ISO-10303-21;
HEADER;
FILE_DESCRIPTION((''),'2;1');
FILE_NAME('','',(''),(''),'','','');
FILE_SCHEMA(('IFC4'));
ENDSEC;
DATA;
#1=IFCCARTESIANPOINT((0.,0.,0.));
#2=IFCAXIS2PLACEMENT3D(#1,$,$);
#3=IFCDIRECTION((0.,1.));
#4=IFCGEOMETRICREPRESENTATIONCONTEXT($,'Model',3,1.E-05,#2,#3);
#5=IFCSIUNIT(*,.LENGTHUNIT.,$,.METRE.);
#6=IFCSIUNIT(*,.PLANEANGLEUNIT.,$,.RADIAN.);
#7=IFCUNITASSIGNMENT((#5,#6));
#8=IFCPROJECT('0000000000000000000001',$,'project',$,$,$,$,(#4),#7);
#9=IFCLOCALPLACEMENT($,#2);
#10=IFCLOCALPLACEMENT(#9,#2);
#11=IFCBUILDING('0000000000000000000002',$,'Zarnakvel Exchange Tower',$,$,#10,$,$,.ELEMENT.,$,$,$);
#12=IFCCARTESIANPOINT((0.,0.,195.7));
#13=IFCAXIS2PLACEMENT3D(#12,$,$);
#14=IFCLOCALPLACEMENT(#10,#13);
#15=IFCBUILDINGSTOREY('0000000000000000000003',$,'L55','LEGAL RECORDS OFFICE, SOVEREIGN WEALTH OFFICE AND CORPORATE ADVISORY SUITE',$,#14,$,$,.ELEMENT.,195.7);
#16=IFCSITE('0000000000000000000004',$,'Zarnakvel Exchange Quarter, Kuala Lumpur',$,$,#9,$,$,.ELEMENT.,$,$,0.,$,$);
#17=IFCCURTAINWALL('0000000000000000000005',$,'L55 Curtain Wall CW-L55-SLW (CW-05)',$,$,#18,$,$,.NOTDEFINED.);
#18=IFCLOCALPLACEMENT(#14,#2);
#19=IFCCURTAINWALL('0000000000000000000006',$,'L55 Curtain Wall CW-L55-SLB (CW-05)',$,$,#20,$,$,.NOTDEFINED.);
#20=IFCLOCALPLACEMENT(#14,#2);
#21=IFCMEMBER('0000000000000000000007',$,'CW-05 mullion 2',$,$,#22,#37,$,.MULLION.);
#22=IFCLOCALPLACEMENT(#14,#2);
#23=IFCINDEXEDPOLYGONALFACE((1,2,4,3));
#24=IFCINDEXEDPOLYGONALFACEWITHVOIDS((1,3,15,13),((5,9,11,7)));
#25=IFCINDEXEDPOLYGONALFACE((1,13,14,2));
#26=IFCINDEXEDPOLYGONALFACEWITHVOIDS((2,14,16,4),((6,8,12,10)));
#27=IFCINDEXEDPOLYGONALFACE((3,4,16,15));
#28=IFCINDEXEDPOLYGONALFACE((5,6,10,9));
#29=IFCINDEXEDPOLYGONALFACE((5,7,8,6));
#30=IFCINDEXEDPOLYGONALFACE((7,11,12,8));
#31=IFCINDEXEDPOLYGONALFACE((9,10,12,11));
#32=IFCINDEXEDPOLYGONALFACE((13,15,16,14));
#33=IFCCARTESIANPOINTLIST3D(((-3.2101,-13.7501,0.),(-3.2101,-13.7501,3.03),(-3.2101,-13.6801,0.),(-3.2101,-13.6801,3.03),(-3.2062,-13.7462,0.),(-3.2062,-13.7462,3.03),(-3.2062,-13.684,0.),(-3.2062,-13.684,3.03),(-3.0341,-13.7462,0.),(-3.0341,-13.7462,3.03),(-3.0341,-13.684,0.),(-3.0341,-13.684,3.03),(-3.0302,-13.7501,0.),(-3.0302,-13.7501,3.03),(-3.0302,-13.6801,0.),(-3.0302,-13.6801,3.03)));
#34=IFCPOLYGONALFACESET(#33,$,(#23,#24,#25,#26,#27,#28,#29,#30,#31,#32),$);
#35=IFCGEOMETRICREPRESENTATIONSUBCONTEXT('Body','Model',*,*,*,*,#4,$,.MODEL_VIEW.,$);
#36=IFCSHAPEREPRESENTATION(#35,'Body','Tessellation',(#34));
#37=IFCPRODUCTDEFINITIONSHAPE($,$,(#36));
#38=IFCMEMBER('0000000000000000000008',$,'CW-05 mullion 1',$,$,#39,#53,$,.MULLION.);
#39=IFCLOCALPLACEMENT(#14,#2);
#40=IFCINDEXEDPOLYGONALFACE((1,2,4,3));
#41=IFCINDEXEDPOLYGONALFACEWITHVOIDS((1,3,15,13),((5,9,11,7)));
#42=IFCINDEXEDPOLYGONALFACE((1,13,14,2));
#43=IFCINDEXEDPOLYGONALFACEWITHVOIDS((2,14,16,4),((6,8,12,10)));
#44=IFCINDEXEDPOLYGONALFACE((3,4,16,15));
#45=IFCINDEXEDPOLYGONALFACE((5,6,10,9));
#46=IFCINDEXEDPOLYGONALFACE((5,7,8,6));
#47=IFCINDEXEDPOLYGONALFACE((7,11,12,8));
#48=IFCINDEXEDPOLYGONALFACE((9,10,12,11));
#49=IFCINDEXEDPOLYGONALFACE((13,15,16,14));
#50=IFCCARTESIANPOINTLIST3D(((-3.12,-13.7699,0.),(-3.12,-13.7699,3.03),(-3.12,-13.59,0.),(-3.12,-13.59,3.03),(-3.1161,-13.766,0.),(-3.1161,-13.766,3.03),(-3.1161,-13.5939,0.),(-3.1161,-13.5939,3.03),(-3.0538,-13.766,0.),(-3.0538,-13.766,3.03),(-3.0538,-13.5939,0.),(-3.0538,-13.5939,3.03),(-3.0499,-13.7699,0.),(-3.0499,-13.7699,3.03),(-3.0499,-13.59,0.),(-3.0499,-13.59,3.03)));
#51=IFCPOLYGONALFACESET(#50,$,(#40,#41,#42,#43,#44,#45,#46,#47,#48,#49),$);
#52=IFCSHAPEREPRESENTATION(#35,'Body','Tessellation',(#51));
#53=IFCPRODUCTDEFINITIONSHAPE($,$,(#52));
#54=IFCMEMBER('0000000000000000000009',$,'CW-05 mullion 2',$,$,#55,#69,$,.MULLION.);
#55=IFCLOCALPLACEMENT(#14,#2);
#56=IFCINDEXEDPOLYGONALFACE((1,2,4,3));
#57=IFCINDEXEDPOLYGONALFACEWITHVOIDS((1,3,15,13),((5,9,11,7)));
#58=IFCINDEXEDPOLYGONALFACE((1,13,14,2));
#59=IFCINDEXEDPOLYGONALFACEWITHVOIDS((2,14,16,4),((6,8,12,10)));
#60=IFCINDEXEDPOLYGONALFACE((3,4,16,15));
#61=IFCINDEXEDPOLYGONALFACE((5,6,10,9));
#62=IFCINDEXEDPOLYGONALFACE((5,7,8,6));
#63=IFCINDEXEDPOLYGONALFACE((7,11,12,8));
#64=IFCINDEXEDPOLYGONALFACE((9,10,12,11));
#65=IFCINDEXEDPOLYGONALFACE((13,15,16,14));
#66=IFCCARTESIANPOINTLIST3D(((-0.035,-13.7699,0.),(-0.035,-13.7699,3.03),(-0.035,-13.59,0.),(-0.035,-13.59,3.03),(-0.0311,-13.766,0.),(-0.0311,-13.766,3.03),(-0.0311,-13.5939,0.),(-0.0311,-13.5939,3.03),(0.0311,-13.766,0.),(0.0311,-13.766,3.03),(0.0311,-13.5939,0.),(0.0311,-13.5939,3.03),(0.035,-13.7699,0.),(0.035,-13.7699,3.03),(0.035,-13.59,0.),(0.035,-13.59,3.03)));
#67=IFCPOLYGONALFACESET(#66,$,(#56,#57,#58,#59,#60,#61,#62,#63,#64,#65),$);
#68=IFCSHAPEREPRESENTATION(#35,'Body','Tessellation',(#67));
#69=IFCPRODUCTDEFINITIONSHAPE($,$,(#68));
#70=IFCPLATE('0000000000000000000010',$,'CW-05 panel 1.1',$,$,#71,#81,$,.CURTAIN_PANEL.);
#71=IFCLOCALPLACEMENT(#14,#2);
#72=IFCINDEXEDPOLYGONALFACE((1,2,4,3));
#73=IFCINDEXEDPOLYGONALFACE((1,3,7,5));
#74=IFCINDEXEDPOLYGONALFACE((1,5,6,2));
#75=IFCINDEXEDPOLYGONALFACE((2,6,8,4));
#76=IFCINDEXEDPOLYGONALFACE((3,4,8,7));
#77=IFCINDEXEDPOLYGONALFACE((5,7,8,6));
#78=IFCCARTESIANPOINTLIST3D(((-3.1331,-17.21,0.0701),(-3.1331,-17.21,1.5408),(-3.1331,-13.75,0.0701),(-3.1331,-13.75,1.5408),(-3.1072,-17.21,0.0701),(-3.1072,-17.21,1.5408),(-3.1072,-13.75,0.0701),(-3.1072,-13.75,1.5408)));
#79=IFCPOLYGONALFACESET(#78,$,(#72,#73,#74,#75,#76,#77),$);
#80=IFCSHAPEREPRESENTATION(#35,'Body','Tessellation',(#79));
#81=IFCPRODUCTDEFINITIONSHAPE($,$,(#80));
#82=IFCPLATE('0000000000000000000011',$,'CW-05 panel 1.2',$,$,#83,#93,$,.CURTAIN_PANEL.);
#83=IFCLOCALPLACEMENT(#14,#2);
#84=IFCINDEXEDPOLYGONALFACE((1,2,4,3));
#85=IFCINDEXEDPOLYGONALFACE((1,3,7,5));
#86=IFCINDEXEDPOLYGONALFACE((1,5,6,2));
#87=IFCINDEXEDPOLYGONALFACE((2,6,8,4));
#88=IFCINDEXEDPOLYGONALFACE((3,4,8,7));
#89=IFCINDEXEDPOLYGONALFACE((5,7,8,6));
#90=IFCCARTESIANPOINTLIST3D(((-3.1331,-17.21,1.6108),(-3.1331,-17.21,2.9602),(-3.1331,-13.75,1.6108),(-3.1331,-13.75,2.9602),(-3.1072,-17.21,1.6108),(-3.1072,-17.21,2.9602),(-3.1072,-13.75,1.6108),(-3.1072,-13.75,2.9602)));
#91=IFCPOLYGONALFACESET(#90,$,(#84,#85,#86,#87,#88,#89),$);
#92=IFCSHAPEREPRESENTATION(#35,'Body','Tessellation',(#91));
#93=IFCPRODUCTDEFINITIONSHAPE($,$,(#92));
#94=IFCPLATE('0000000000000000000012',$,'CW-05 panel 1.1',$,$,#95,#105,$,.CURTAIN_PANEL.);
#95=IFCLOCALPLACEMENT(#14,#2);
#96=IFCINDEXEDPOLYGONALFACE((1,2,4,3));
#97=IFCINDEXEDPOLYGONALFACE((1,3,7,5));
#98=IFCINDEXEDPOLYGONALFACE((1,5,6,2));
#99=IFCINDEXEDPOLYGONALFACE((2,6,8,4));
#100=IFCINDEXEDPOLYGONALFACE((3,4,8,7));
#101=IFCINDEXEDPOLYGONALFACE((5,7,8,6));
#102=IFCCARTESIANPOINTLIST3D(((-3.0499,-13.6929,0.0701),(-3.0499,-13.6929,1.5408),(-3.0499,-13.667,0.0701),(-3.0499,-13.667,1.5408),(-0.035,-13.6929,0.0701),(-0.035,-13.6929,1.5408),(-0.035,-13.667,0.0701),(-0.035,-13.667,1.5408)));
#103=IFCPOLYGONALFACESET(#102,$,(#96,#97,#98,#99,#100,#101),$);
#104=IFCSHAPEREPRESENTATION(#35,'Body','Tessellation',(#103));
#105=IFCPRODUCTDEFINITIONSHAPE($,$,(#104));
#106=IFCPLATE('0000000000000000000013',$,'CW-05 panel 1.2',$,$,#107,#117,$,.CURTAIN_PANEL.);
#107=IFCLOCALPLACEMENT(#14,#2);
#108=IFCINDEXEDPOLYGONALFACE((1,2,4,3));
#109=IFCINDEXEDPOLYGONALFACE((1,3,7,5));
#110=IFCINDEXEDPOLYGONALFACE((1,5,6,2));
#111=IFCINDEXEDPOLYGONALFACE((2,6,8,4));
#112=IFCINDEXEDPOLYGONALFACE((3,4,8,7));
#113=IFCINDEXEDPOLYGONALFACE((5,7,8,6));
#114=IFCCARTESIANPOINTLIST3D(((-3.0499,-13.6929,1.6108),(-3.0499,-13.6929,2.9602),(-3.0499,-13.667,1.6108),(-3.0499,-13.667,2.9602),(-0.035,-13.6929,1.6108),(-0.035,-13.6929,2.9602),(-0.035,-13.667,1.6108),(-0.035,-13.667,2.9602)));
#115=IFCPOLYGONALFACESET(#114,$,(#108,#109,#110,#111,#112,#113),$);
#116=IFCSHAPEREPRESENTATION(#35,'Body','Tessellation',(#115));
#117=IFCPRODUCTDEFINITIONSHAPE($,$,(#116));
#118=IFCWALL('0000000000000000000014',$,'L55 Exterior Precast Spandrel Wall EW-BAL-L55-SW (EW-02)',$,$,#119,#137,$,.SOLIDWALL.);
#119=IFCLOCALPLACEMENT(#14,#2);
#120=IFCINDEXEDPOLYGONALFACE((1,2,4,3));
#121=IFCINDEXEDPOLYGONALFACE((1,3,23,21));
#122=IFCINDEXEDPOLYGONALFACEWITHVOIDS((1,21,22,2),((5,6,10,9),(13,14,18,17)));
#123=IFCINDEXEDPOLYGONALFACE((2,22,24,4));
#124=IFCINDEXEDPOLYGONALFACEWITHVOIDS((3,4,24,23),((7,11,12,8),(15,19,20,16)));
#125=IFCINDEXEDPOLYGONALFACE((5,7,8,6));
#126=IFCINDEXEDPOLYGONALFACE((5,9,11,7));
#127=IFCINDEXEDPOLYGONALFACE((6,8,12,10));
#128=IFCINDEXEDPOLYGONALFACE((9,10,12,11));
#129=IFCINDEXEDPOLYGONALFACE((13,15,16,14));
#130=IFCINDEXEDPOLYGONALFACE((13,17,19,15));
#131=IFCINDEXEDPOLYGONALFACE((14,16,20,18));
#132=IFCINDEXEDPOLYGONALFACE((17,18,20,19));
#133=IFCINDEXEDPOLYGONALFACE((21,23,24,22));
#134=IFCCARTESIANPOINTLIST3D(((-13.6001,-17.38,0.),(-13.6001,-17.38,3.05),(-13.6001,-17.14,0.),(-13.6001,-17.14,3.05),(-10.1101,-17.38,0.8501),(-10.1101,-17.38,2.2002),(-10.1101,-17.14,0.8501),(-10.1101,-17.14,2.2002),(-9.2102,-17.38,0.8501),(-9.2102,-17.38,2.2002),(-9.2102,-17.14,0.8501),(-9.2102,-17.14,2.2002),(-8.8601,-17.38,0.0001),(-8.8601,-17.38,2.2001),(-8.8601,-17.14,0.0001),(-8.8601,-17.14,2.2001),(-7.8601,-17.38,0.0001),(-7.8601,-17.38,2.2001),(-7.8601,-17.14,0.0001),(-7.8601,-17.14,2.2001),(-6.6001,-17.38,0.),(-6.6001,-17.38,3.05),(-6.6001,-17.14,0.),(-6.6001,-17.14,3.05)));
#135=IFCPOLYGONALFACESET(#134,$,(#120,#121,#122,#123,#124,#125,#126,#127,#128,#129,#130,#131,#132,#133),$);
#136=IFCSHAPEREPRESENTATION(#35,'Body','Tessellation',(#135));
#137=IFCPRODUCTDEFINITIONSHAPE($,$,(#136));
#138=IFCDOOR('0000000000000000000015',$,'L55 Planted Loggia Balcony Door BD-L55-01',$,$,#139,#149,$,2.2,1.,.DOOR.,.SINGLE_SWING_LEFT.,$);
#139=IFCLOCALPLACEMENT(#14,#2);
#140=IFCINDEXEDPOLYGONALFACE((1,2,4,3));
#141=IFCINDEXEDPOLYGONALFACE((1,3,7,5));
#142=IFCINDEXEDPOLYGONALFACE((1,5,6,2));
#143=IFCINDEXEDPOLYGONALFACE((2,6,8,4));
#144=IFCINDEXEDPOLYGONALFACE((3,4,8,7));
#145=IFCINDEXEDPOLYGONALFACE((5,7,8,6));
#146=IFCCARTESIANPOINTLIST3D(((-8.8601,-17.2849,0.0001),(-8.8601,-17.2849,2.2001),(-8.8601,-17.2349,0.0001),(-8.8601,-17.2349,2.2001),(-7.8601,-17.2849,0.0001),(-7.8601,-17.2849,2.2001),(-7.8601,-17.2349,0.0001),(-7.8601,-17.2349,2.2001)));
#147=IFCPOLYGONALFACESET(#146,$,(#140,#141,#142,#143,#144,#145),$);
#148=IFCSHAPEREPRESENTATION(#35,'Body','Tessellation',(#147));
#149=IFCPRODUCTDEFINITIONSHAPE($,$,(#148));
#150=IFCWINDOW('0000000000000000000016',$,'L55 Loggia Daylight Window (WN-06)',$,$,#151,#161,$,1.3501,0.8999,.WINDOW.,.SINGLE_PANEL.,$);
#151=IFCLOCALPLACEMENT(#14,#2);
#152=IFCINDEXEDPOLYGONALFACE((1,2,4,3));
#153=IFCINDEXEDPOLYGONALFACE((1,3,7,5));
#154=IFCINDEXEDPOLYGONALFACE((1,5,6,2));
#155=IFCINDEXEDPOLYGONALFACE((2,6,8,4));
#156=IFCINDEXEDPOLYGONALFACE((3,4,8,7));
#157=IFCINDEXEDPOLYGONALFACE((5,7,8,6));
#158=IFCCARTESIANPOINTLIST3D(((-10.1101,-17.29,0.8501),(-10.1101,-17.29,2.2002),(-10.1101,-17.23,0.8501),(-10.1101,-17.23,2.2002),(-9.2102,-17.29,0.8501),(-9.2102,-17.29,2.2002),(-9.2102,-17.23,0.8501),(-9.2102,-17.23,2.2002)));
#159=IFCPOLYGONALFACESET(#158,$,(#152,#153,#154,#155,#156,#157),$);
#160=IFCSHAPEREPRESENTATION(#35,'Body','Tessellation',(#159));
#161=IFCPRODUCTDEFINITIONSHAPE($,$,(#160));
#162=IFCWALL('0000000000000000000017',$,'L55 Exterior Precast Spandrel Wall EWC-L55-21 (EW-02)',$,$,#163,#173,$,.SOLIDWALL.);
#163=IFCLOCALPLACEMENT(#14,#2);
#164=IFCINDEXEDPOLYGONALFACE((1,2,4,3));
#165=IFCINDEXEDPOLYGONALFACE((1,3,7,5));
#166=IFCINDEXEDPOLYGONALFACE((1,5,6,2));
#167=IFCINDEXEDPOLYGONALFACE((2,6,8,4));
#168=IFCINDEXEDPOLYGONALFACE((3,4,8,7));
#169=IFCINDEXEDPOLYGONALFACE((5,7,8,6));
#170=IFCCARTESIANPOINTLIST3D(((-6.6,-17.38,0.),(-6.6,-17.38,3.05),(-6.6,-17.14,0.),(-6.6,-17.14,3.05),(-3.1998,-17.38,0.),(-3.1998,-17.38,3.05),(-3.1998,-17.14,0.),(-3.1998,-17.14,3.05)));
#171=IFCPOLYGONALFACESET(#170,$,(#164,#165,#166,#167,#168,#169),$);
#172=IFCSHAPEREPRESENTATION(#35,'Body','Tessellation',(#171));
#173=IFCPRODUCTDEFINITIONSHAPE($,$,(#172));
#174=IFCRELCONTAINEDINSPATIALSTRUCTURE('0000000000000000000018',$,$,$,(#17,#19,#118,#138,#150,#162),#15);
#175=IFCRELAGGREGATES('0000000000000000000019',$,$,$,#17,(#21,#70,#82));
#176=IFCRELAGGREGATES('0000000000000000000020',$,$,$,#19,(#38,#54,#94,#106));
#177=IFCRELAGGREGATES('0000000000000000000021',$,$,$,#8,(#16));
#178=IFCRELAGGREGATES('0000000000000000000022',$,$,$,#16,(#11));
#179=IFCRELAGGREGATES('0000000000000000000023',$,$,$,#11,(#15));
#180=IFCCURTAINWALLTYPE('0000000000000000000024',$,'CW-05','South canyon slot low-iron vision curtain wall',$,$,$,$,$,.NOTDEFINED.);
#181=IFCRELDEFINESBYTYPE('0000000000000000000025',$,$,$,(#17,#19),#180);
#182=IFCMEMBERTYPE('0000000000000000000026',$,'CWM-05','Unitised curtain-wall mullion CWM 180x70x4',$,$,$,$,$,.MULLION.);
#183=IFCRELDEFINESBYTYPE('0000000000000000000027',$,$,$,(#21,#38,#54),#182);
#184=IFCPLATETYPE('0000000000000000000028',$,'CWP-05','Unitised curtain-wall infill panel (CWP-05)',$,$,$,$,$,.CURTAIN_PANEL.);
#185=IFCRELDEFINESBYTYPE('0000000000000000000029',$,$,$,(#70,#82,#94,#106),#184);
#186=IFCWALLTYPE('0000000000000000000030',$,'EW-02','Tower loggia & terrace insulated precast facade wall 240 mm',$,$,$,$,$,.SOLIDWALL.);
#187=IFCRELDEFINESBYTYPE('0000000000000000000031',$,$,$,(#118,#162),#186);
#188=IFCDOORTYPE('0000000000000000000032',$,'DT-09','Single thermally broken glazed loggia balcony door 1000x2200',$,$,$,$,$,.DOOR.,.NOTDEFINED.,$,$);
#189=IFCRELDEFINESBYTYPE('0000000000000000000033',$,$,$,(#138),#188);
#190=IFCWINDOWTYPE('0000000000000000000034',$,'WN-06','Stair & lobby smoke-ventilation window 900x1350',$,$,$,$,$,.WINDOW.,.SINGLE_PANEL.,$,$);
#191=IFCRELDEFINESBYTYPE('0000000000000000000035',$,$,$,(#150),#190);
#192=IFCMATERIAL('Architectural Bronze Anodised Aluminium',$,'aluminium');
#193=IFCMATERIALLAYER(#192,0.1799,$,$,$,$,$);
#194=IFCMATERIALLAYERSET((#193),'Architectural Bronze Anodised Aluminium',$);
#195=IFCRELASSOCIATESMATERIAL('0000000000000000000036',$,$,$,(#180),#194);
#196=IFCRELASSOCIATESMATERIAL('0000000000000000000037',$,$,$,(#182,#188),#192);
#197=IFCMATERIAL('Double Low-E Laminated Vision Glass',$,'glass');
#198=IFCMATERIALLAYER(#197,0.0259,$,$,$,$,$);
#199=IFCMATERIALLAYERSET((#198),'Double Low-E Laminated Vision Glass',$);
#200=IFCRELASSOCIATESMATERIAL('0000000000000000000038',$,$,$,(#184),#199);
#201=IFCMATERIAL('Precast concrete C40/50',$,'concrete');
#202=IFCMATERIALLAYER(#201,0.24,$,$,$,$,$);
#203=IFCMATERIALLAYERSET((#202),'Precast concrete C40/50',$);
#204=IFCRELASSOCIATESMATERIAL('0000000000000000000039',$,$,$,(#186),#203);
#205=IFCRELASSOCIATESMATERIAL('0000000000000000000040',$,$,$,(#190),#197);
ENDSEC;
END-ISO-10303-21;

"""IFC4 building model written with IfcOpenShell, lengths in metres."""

from ifc_helpers import new_model, si_unit, direction, frame, frame_2d, origin, origin_2d, place, context, subcontext, project, spatial, rectangle, hollow_rectangle, extrude, source, transform, mapped, material, layer, layer_set, material_profile, profile_set, type_object, element, fill, aggregate, save


model = new_model("IFC4")

# Units and contexts
model_context = context("Model", 3, precision=1e-05, world=origin(), true_north=direction((0.0, 1.0)))
body_context = subcontext(model_context, "Body", "Model", "MODEL_VIEW")
ifc_project = project(units=[si_unit("LENGTHUNIT", "METRE"), si_unit("PLANEANGLEUNIT", "RADIAN")], contexts=[model_context])

# Site, building, storey
site_placement = place(None, origin())
site = spatial("IfcSite", under=ifc_project, at=site_placement, Name="Zarnakvel Exchange Quarter, Kuala Lumpur", CompositionType="ELEMENT", RefElevation=0.0)
building_placement = place(site_placement, origin())
building = spatial("IfcBuilding", under=site, at=building_placement, Name="Zarnakvel Exchange Tower", CompositionType="ELEMENT")
storey_placement = place(building_placement, frame((0.0, 0.0, 195.7)))
storey = spatial("IfcBuildingStorey", under=building, at=storey_placement, Name="L55", Description="LEGAL RECORDS OFFICE, SOVEREIGN WEALTH OFFICE AND CORPORATE ADVISORY SUITE", CompositionType="ELEMENT", Elevation=195.7)

# Curtain walls
ifc_material_1 = material(Name="Architectural Bronze Anodised Aluminium", Category="aluminium")
ifc_layer_1 = layer(ifc_material_1, 0.1799)
ifc_layer_set_1 = layer_set([ifc_layer_1], Name="Architectural Bronze Anodised Aluminium")
curtain_wall_type = type_object("IfcCurtainWallType", Name="CW-05", Description="South canyon slot low-iron vision curtain wall", PredefinedType="NOTDEFINED", material=ifc_layer_set_1)
curtain_wall_1_placement = place(storey_placement, origin())
curtain_wall_1 = element("IfcCurtainWall", 1, at=curtain_wall_1_placement, inside=storey, type_object=curtain_wall_type, Name="L55 Curtain Wall CW-L55-SLW (CW-05)", PredefinedType="NOTDEFINED")
curtain_wall_2_placement = place(storey_placement, origin())
curtain_wall_2 = element("IfcCurtainWall", 2, at=curtain_wall_2_placement, inside=storey, type_object=curtain_wall_type, Name="L55 Curtain Wall CW-L55-SLB (CW-05)", PredefinedType="NOTDEFINED")

# Members
ifc_material_profile_1 = material_profile(ifc_material_1, hollow_rectangle(XDim=0.1799, YDim=0.0701, WallThickness=0.0039, at=origin_2d()))
ifc_profile_set_1 = profile_set([ifc_material_profile_1], Name="Architectural Bronze Anodised Aluminium")
member_type_1 = type_object("IfcMemberType", Name="CWM-05", Description="Unitised curtain-wall mullion CWM 180x70x4", PredefinedType="MULLION", material=ifc_profile_set_1)
shared_shape_1 = source(origin(), body_context, "Body", "SweptSolid", [
    extrude(hollow_rectangle(XDim=0.1799, YDim=0.0701, WallThickness=0.0039, at=origin_2d()), origin(), (0.0, 0.0, 1.0), 3.03),
])
member_1_placement = place(storey_placement, frame((-3.1201, -13.7151, 0.0), z_axis=(0.0, 0.0, 1.0), x_axis=(-1.0, 0.0, 0.0)))
member_1 = element("IfcMember", 3, at=member_1_placement, type_object=member_type_1, Name="CW-05 mullion 2", PredefinedType="MULLION", context=body_context, shape_type="MappedRepresentation", body=[
    mapped(shared_shape_1, transform((0.0, 0.0, 0.0), x_axis=(1.0, 0.0, 0.0), y_axis=(0.0, 1.0, 0.0), z_axis=(0.0, 0.0, 1.0), scale=1.0)),
])
member_2_placement = place(storey_placement, frame((-3.085, -13.6799, 0.0), z_axis=(0.0, 0.0, 1.0), x_axis=(0.0, 1.0, 0.0)))
member_2 = element("IfcMember", 4, at=member_2_placement, type_object=member_type_1, Name="CW-05 mullion 1", PredefinedType="MULLION", context=body_context, shape_type="MappedRepresentation", body=[
    mapped(shared_shape_1, transform((0.0, 0.0, 0.0), x_axis=(1.0, 0.0, 0.0), y_axis=(0.0, 1.0, 0.0), z_axis=(0.0, 0.0, 1.0), scale=1.0)),
])
member_3_placement = place(storey_placement, frame((0.0, -13.6799, 0.0), z_axis=(0.0, 0.0, 1.0), x_axis=(0.0, 1.0, 0.0)))
member_3 = element("IfcMember", 5, at=member_3_placement, type_object=member_type_1, Name="CW-05 mullion 2", PredefinedType="MULLION", context=body_context, shape_type="MappedRepresentation", body=[
    mapped(shared_shape_1, transform((0.0, 0.0, 0.0), x_axis=(1.0, 0.0, 0.0), y_axis=(0.0, 1.0, 0.0), z_axis=(0.0, 0.0, 1.0), scale=1.0)),
])

# Plates
ifc_material_2 = material(Name="Double Low-E Laminated Vision Glass", Category="glass")
ifc_layer_2 = layer(ifc_material_2, 0.0259)
ifc_layer_set_2 = layer_set([ifc_layer_2], Name="Double Low-E Laminated Vision Glass")
plate_type = type_object("IfcPlateType", Name="CWP-05", Description="Unitised curtain-wall infill panel (CWP-05)", PredefinedType="CURTAIN_PANEL", material=ifc_layer_set_2)
shared_shape_2 = source(origin(), body_context, "Body", "SweptSolid", [
    extrude(rectangle(XDim=3.46, YDim=0.0259, at=origin_2d()), origin(), (0.0, 0.0, 1.0), 1.4707),
])
plate_1_placement = place(storey_placement, frame((-3.1201, -15.48, 0.0701), z_axis=(0.0, 0.0, 1.0), x_axis=(0.0, 1.0, 0.0)))
plate_1 = element("IfcPlate", 6, at=plate_1_placement, type_object=plate_type, Name="CW-05 panel 1.1", PredefinedType="CURTAIN_PANEL", context=body_context, shape_type="MappedRepresentation", body=[
    mapped(shared_shape_2, transform((0.0, 0.0, 0.0), x_axis=(1.0, 0.0, 0.0), y_axis=(0.0, 1.0, 0.0), z_axis=(0.0, 0.0, 1.0), scale=1.0)),
])
shared_shape_3 = source(origin(), body_context, "Body", "SweptSolid", [
    extrude(rectangle(XDim=3.46, YDim=0.0259, at=origin_2d()), origin(), (0.0, 0.0, 1.0), 1.3494),
])
plate_2_placement = place(storey_placement, frame((-3.1201, -15.48, 1.6108), z_axis=(0.0, 0.0, 1.0), x_axis=(0.0, 1.0, 0.0)))
plate_2 = element("IfcPlate", 7, at=plate_2_placement, type_object=plate_type, Name="CW-05 panel 1.2", PredefinedType="CURTAIN_PANEL", context=body_context, shape_type="MappedRepresentation", body=[
    mapped(shared_shape_3, transform((0.0, 0.0, 0.0), x_axis=(1.0, 0.0, 0.0), y_axis=(0.0, 1.0, 0.0), z_axis=(0.0, 0.0, 1.0), scale=1.0)),
])
aggregate(curtain_wall_1, [member_1, plate_1, plate_2])
shared_shape_4 = source(origin(), body_context, "Body", "SweptSolid", [
    extrude(rectangle(XDim=3.0149, YDim=0.0259, at=origin_2d()), origin(), (0.0, 0.0, 1.0), 1.4707),
])
plate_3_placement = place(storey_placement, frame((-1.5425, -13.6799, 0.0701), z_axis=(0.0, 0.0, 1.0), x_axis=(1.0, 0.0, 0.0)))
plate_3 = element("IfcPlate", 8, at=plate_3_placement, type_object=plate_type, Name="CW-05 panel 1.1", PredefinedType="CURTAIN_PANEL", context=body_context, shape_type="MappedRepresentation", body=[
    mapped(shared_shape_4, transform((0.0, 0.0, 0.0), x_axis=(1.0, 0.0, 0.0), y_axis=(0.0, 1.0, 0.0), z_axis=(0.0, 0.0, 1.0), scale=1.0)),
])
shared_shape_5 = source(origin(), body_context, "Body", "SweptSolid", [
    extrude(rectangle(XDim=3.0149, YDim=0.0259, at=origin_2d()), origin(), (0.0, 0.0, 1.0), 1.3494),
])
plate_4_placement = place(storey_placement, frame((-1.5425, -13.6799, 1.6108), z_axis=(0.0, 0.0, 1.0), x_axis=(1.0, 0.0, 0.0)))
plate_4 = element("IfcPlate", 9, at=plate_4_placement, type_object=plate_type, Name="CW-05 panel 1.2", PredefinedType="CURTAIN_PANEL", context=body_context, shape_type="MappedRepresentation", body=[
    mapped(shared_shape_5, transform((0.0, 0.0, 0.0), x_axis=(1.0, 0.0, 0.0), y_axis=(0.0, 1.0, 0.0), z_axis=(0.0, 0.0, 1.0), scale=1.0)),
])
aggregate(curtain_wall_2, [member_2, member_3, plate_3, plate_4])

# Wall, openings, door, window
ifc_material_3 = material(Name="Precast concrete C40/50", Category="concrete")
ifc_layer_3 = layer(ifc_material_3, 0.24)
ifc_layer_set_3 = layer_set([ifc_layer_3], Name="Precast concrete C40/50")
wall_type = type_object("IfcWallType", Name="EW-02", Description="Tower loggia & terrace insulated precast facade wall 240 mm", PredefinedType="SOLIDWALL", material=ifc_layer_set_3)
wall_1_placement = place(storey_placement, frame((-6.6001, -17.26, 0.0), z_axis=(0.0, 0.0, 1.0), x_axis=(-1.0, 0.0, 0.0)))
wall_1 = element("IfcWall", 10, at=wall_1_placement, inside=storey, type_object=wall_type, Name="L55 Exterior Precast Spandrel Wall EW-BAL-L55-SW (EW-02)", PredefinedType="SOLIDWALL", context=body_context, shape_type="SweptSolid", body=[
    extrude(rectangle(XDim=7.0, YDim=0.24, at=frame_2d((3.5, 0.0))), origin(), (0.0, 0.0, 1.0), 3.05),
])
opening_1_placement = place(wall_1_placement, frame((1.26, 0.0, 0.0)))
opening_1 = element("IfcOpeningElement", 11, at=opening_1_placement, cuts=wall_1, PredefinedType="OPENING", context=body_context, shape_type="SweptSolid", body=[
    extrude(rectangle(XDim=1.0, YDim=2.2, at=frame_2d((0.5, 1.1001))), frame((0.0, 0.1299, 0.0), z_axis=(0.0, -1.0, 0.0), x_axis=(1.0, 0.0, 0.0)), (0.0, 0.0, 1.0), 0.26),
])
opening_2_placement = place(wall_1_placement, frame((2.6101, 0.0, 0.8501)))
opening_2 = element("IfcOpeningElement", 12, at=opening_2_placement, cuts=wall_1, PredefinedType="OPENING", context=body_context, shape_type="SweptSolid", body=[
    extrude(rectangle(XDim=0.8999, YDim=1.3501, at=frame_2d((0.45, 0.675))), frame((0.0, 0.1299, 0.0), z_axis=(0.0, -1.0, 0.0), x_axis=(1.0, 0.0, 0.0)), (0.0, 0.0, 1.0), 0.26),
])
door_type = type_object("IfcDoorType", Name="DT-09", Description="Single thermally broken glazed loggia balcony door 1000x2200", OperationType="NOTDEFINED", PredefinedType="DOOR", material=ifc_material_1)
shared_shape_6 = source(origin(), body_context, "Body", "SweptSolid", [
    extrude(rectangle(XDim=1.0, YDim=2.2, at=frame_2d((0.5, 1.1001))), frame((0.0, 0.0249, 0.0), z_axis=(0.0, -1.0, 0.0), x_axis=(1.0, 0.0, 0.0)), (0.0, 0.0, 1.0), 0.05),
])
door_placement = place(opening_1_placement, origin())
door = element("IfcDoor", 13, at=door_placement, inside=storey, type_object=door_type, Name="L55 Planted Loggia Balcony Door BD-L55-01", OperationType="SINGLE_SWING_LEFT", OverallHeight=2.2, OverallWidth=1.0, PredefinedType="DOOR", context=body_context, shape_type="MappedRepresentation", body=[
    mapped(shared_shape_6, transform((0.0, 0.0, 0.0), x_axis=(1.0, 0.0, 0.0), y_axis=(0.0, 1.0, 0.0), z_axis=(0.0, 0.0, 1.0), scale=1.0)),
])
fill(opening_1, door)
window_type = type_object("IfcWindowType", Name="WN-06", Description="Stair & lobby smoke-ventilation window 900x1350", PartitioningType="SINGLE_PANEL", PredefinedType="WINDOW", material=ifc_material_2)
shared_shape_7 = source(origin(), body_context, "Body", "SweptSolid", [
    extrude(rectangle(XDim=0.8999, YDim=1.3501, at=frame_2d((0.45, 0.675))), frame((0.0, 0.03, 0.0), z_axis=(0.0, -1.0, 0.0), x_axis=(1.0, 0.0, 0.0)), (0.0, 0.0, 1.0), 0.0601),
])
window_placement = place(opening_2_placement, origin())
window = element("IfcWindow", 14, at=window_placement, inside=storey, type_object=window_type, Name="L55 Loggia Daylight Window (WN-06)", OverallHeight=1.3501, OverallWidth=0.8999, PartitioningType="SINGLE_PANEL", PredefinedType="WINDOW", context=body_context, shape_type="MappedRepresentation", body=[
    mapped(shared_shape_7, transform((0.0, 0.0, 0.0), x_axis=(1.0, 0.0, 0.0), y_axis=(0.0, 1.0, 0.0), z_axis=(0.0, 0.0, 1.0), scale=1.0)),
])
fill(opening_2, window)

# Wall
wall_2_placement = place(storey_placement, frame((-6.6001, -17.26, 0.0), z_axis=(0.0, 0.0, 1.0), x_axis=(1.0, 0.0, 0.0)))
element("IfcWall", 15, at=wall_2_placement, inside=storey, type_object=wall_type, Name="L55 Exterior Precast Spandrel Wall EWC-L55-21 (EW-02)", PredefinedType="SOLIDWALL", context=body_context, shape_type="SweptSolid", body=[
    extrude(rectangle(XDim=3.4001, YDim=0.24, at=frame_2d((1.7002, 0.0))), origin(), (0.0, 0.0, 1.0), 3.05),
])

save(model, "model.ifc")
